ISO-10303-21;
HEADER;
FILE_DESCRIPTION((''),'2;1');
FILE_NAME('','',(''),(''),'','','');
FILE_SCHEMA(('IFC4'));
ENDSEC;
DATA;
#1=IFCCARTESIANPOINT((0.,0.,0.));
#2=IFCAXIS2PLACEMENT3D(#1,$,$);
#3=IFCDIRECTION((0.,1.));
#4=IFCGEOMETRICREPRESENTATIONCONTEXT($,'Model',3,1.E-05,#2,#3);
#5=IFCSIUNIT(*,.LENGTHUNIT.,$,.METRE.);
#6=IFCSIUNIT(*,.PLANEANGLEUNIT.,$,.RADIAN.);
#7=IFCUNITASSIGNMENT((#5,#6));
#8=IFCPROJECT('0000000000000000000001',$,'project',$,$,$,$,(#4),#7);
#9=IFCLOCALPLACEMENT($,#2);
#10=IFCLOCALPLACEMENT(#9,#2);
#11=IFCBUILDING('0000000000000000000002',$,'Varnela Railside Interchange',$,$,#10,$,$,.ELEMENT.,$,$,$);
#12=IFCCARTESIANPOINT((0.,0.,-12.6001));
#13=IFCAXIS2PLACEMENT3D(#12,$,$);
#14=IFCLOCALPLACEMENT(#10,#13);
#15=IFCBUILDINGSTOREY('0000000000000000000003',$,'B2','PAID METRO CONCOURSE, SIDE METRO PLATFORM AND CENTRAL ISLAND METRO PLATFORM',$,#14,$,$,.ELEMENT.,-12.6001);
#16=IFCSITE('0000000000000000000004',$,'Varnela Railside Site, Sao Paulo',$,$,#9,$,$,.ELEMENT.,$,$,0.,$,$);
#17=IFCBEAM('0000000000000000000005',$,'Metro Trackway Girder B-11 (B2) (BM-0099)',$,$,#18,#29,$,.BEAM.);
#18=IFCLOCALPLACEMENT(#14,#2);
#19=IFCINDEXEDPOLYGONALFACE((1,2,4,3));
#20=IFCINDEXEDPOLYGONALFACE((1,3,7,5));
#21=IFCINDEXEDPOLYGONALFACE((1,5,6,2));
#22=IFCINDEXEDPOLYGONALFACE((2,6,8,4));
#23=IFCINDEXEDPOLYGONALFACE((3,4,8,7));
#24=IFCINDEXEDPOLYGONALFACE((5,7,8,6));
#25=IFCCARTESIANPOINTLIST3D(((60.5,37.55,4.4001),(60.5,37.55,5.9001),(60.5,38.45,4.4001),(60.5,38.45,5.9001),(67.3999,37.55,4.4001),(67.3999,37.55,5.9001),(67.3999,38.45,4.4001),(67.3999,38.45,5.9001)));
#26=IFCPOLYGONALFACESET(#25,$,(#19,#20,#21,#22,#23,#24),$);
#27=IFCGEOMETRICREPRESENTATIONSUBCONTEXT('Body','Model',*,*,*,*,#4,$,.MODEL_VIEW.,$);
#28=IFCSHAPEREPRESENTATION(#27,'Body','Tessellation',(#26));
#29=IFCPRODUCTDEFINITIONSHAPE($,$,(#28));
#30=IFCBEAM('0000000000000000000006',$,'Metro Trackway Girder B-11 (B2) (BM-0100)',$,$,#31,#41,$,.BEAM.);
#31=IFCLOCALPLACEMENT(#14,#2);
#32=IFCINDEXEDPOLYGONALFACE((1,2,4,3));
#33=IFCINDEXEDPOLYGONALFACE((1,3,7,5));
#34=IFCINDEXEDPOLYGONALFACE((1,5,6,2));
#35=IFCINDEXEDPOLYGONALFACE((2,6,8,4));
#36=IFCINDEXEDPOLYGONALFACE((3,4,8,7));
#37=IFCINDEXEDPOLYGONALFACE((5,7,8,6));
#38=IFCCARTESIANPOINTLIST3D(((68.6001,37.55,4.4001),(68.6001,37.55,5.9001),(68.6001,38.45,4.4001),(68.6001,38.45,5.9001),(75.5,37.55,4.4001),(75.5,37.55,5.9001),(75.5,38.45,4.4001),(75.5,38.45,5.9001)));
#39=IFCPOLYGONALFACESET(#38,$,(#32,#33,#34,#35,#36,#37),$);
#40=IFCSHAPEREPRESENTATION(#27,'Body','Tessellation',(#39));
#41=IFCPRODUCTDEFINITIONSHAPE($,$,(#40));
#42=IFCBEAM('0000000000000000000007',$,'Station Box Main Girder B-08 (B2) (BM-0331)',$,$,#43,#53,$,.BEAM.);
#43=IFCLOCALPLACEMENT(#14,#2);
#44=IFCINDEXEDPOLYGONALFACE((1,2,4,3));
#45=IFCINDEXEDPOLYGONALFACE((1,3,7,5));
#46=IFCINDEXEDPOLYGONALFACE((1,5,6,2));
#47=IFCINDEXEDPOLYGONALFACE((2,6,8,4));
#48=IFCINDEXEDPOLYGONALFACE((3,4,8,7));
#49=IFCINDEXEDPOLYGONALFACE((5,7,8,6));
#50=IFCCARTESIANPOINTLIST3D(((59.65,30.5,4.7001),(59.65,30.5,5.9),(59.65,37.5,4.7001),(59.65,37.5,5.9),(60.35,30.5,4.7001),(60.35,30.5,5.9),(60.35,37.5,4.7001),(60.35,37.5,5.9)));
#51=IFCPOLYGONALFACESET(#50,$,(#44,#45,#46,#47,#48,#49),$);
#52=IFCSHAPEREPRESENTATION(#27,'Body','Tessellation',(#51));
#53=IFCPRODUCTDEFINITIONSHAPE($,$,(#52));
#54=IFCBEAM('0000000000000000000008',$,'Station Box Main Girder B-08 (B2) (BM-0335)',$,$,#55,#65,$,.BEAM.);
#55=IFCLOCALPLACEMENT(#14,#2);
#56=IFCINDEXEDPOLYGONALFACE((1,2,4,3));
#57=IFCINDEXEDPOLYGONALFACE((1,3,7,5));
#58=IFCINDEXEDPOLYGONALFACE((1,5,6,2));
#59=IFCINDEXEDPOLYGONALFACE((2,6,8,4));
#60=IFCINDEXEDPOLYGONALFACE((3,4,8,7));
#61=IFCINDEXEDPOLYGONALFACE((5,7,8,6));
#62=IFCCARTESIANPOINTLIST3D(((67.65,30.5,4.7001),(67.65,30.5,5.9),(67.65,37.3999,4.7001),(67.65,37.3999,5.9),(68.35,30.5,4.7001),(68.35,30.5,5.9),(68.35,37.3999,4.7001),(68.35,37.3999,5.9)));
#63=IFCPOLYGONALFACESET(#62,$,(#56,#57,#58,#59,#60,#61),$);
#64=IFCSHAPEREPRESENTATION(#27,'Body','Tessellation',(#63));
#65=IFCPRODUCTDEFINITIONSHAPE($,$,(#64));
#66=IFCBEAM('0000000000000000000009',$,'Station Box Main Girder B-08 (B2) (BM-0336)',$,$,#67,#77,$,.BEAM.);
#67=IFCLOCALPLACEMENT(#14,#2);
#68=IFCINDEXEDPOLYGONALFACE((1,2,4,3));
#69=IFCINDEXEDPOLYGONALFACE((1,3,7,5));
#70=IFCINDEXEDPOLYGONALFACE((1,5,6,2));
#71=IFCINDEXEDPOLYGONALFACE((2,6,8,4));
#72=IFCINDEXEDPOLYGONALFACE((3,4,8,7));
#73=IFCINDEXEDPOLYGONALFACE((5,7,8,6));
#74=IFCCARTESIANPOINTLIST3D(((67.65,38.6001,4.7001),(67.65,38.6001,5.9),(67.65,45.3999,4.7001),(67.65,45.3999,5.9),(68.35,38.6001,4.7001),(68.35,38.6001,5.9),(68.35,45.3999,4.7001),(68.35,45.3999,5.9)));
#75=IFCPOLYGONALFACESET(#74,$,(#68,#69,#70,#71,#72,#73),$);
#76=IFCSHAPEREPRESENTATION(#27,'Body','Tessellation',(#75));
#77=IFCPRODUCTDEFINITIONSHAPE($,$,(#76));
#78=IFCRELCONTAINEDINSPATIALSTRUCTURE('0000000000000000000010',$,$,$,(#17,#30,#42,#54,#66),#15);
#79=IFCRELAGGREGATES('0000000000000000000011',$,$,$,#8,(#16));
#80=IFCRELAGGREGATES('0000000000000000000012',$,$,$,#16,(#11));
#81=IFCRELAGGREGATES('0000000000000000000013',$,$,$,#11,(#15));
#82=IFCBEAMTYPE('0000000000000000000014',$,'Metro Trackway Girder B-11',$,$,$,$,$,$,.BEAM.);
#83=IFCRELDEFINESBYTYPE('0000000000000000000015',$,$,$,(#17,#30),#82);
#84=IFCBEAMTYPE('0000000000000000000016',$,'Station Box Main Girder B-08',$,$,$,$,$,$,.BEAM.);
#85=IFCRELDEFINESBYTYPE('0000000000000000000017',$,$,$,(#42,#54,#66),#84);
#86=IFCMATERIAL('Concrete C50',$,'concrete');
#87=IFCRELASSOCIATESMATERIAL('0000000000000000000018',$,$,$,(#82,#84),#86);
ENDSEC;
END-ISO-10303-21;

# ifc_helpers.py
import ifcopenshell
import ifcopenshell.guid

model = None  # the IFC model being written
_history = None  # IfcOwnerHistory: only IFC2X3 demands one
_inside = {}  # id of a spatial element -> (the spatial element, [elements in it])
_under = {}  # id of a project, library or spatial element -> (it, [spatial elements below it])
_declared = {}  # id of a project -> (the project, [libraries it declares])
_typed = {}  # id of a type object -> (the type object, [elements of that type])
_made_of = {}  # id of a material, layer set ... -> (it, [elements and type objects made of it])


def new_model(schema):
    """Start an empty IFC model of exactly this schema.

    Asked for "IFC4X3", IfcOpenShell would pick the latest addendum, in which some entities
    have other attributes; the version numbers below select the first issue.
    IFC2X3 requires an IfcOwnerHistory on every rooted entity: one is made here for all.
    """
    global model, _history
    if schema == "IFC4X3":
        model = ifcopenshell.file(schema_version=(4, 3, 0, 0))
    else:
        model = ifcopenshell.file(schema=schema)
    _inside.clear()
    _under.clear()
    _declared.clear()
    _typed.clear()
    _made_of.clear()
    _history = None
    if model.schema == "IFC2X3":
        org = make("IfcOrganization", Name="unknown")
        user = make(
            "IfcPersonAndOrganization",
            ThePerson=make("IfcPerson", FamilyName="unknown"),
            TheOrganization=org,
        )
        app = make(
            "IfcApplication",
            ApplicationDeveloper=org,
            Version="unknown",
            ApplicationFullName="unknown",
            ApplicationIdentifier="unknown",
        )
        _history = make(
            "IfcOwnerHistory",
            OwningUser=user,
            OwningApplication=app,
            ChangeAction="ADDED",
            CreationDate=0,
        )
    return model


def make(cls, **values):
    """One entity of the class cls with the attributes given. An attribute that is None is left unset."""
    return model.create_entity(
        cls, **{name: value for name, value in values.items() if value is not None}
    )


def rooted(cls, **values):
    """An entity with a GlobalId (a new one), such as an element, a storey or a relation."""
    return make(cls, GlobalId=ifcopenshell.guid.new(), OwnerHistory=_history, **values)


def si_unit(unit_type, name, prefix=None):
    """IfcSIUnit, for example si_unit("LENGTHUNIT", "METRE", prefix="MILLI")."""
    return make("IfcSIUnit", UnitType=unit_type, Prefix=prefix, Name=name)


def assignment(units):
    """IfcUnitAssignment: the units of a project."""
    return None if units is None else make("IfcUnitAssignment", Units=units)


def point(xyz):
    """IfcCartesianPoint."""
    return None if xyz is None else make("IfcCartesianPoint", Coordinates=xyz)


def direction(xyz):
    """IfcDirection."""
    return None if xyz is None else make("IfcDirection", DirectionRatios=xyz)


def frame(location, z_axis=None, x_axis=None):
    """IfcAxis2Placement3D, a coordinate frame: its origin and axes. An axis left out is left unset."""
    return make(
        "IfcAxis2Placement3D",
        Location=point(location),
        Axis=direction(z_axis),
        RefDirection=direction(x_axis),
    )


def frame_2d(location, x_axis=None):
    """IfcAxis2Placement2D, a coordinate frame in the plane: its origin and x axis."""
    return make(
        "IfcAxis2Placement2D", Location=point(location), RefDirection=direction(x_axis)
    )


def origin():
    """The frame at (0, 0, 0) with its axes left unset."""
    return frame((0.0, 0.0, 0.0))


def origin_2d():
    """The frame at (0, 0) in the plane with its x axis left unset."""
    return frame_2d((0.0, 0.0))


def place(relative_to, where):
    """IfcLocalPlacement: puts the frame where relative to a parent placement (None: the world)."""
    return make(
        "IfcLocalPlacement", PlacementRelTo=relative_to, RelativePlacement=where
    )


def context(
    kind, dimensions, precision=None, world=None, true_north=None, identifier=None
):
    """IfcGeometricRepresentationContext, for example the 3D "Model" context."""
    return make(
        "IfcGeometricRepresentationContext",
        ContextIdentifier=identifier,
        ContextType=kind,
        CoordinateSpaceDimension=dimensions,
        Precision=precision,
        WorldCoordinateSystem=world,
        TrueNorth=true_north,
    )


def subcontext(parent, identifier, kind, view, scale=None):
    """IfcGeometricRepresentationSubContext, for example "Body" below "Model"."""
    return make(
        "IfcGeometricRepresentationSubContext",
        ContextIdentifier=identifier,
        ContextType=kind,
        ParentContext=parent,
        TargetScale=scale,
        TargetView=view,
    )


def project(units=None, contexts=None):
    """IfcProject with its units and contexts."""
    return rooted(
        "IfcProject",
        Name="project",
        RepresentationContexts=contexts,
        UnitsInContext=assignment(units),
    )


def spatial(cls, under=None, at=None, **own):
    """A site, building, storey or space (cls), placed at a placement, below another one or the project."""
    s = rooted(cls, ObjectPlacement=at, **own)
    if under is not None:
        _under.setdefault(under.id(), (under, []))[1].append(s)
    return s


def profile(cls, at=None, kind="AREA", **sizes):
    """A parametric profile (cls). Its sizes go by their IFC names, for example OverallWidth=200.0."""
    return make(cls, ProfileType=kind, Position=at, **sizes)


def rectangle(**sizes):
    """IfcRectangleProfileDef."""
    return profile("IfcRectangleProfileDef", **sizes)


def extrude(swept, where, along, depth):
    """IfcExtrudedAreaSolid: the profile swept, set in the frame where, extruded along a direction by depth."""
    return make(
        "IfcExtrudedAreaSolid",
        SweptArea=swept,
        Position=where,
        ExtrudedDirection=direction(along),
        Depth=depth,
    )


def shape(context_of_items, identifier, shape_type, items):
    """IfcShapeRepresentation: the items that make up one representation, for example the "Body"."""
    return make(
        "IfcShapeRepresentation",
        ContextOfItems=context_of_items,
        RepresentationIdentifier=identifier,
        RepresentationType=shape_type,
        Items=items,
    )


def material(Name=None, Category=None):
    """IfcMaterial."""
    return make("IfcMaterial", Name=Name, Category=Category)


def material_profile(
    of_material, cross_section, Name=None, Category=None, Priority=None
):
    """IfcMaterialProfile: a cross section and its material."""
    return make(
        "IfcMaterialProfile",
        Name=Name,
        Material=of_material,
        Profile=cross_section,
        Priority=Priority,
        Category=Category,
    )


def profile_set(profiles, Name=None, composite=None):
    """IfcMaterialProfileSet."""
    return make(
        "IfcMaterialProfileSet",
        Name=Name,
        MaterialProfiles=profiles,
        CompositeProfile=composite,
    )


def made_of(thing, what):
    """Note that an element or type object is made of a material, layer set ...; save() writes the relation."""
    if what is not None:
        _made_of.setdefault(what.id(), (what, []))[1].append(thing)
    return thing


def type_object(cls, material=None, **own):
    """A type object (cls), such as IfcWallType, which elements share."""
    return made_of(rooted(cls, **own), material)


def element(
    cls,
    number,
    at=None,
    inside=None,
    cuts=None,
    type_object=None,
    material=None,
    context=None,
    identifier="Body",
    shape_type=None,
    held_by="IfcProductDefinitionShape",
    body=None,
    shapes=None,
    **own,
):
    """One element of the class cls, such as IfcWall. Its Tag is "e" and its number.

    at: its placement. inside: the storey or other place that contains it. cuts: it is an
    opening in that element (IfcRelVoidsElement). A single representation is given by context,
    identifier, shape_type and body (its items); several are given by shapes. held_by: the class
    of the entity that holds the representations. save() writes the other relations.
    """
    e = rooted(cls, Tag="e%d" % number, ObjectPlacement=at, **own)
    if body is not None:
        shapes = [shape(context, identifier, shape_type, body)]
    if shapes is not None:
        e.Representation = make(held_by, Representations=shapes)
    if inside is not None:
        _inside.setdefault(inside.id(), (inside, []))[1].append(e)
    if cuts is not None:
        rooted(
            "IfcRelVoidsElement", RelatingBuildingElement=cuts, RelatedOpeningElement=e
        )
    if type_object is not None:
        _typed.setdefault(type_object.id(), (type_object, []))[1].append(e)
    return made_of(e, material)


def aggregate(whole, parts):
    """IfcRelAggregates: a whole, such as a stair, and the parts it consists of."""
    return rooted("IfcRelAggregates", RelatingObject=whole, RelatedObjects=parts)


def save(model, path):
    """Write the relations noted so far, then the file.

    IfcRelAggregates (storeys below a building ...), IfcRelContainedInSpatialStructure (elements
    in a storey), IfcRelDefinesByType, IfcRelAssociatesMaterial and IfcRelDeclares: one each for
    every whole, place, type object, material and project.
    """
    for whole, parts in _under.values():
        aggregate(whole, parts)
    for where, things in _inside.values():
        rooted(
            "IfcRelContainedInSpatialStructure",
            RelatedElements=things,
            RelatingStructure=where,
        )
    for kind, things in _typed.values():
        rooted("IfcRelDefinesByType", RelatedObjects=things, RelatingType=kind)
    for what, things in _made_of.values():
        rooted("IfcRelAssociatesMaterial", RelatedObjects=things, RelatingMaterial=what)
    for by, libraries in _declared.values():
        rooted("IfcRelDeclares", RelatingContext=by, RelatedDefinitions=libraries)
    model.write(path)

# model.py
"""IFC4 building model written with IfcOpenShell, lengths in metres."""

from ifc_helpers import new_model, si_unit, direction, frame, origin, origin_2d, place, context, subcontext, project, spatial, rectangle, extrude, material, material_profile, profile_set, type_object, element, save


model = new_model("IFC4")

# Units and contexts
model_context = context("Model", 3, precision=1e-05, world=origin(), true_north=direction((0.0, 1.0)))
body_context = subcontext(model_context, "Body", "Model", "MODEL_VIEW")
ifc_project = project(units=[si_unit("LENGTHUNIT", "METRE"), si_unit("PLANEANGLEUNIT", "RADIAN")], contexts=[model_context])

# Site, building, storey
site_placement = place(None, origin())
site = spatial("IfcSite", under=ifc_project, at=site_placement, Name="Varnela Railside Site, Sao Paulo", CompositionType="ELEMENT", RefElevation=0.0)
building_placement = place(site_placement, origin())
building = spatial("IfcBuilding", under=site, at=building_placement, Name="Varnela Railside Interchange", CompositionType="ELEMENT")
storey_placement = place(building_placement, frame((0.0, 0.0, -12.6001)))
storey = spatial("IfcBuildingStorey", under=building, at=storey_placement, Name="B2", Description="PAID METRO CONCOURSE, SIDE METRO PLATFORM AND CENTRAL ISLAND METRO PLATFORM", CompositionType="ELEMENT", Elevation=-12.6001)

# Shared definitions
ifc_material_1 = material(Name="Concrete C50", Category="concrete")

# Beams
ifc_material_profile_1 = material_profile(ifc_material_1, rectangle(XDim=0.8999, YDim=1.5, at=origin_2d()), Name="RC 900x1500")
ifc_profile_set_1 = profile_set([ifc_material_profile_1], Name="Concrete C50")
beam_type_1 = type_object("IfcBeamType", Name="Metro Trackway Girder B-11", PredefinedType="BEAM", material=ifc_profile_set_1)
for number, where, z_axis, x_axis, name in (
    (1, (60.5, 38.0, 5.1501), (1.0, 0.0, 0.0), (0.0, 1.0, 0.0), "Metro Trackway Girder B-11 (B2) (BM-0099)"),
    (2, (68.6001, 38.0, 5.1501), (1.0, 0.0, 0.0), (0.0, 1.0, 0.0), "Metro Trackway Girder B-11 (B2) (BM-0100)"),
):
    element("IfcBeam", number, at=place(storey_placement, frame(where, z_axis=z_axis, x_axis=x_axis)), inside=storey, type_object=beam_type_1, Name=name, PredefinedType="BEAM", context=body_context, shape_type="SweptSolid", body=[
        extrude(rectangle(XDim=0.8999, YDim=1.5, at=origin_2d()), origin(), (0.0, 0.0, 1.0), 6.8999),
    ])
ifc_material_profile_2 = material_profile(ifc_material_1, rectangle(XDim=0.7, YDim=1.2, at=origin_2d()), Name="RC 700x1200")
ifc_profile_set_2 = profile_set([ifc_material_profile_2], Name="Concrete C50")
beam_type_2 = type_object("IfcBeamType", Name="Station Box Main Girder B-08", PredefinedType="BEAM", material=ifc_profile_set_2)
beam_1_placement = place(storey_placement, frame((60.0, 30.5, 5.3), z_axis=(0.0, 1.0, 0.0), x_axis=(-1.0, 0.0, 0.0)))
element("IfcBeam", 3, at=beam_1_placement, inside=storey, type_object=beam_type_2, Name="Station Box Main Girder B-08 (B2) (BM-0331)", PredefinedType="BEAM", context=body_context, shape_type="SweptSolid", body=[
    extrude(rectangle(XDim=0.7, YDim=1.2, at=origin_2d()), origin(), (0.0, 0.0, 1.0), 7.0),
])
beam_2_placement = place(storey_placement, frame((68.0, 30.5, 5.3), z_axis=(0.0, 1.0, 0.0), x_axis=(-1.0, 0.0, 0.0)))
element("IfcBeam", 4, at=beam_2_placement, inside=storey, type_object=beam_type_2, Name="Station Box Main Girder B-08 (B2) (BM-0335)", PredefinedType="BEAM", context=body_context, shape_type="SweptSolid", body=[
    extrude(rectangle(XDim=0.7, YDim=1.2, at=origin_2d()), origin(), (0.0, 0.0, 1.0), 6.8999),
])
beam_3_placement = place(storey_placement, frame((68.0, 38.6001, 5.3), z_axis=(0.0, 1.0, 0.0), x_axis=(-1.0, 0.0, 0.0)))
element("IfcBeam", 5, at=beam_3_placement, inside=storey, type_object=beam_type_2, Name="Station Box Main Girder B-08 (B2) (BM-0336)", PredefinedType="BEAM", context=body_context, shape_type="SweptSolid", body=[
    extrude(rectangle(XDim=0.7, YDim=1.2, at=origin_2d()), origin(), (0.0, 0.0, 1.0), 6.7998),
])

save(model, "model.ifc")
